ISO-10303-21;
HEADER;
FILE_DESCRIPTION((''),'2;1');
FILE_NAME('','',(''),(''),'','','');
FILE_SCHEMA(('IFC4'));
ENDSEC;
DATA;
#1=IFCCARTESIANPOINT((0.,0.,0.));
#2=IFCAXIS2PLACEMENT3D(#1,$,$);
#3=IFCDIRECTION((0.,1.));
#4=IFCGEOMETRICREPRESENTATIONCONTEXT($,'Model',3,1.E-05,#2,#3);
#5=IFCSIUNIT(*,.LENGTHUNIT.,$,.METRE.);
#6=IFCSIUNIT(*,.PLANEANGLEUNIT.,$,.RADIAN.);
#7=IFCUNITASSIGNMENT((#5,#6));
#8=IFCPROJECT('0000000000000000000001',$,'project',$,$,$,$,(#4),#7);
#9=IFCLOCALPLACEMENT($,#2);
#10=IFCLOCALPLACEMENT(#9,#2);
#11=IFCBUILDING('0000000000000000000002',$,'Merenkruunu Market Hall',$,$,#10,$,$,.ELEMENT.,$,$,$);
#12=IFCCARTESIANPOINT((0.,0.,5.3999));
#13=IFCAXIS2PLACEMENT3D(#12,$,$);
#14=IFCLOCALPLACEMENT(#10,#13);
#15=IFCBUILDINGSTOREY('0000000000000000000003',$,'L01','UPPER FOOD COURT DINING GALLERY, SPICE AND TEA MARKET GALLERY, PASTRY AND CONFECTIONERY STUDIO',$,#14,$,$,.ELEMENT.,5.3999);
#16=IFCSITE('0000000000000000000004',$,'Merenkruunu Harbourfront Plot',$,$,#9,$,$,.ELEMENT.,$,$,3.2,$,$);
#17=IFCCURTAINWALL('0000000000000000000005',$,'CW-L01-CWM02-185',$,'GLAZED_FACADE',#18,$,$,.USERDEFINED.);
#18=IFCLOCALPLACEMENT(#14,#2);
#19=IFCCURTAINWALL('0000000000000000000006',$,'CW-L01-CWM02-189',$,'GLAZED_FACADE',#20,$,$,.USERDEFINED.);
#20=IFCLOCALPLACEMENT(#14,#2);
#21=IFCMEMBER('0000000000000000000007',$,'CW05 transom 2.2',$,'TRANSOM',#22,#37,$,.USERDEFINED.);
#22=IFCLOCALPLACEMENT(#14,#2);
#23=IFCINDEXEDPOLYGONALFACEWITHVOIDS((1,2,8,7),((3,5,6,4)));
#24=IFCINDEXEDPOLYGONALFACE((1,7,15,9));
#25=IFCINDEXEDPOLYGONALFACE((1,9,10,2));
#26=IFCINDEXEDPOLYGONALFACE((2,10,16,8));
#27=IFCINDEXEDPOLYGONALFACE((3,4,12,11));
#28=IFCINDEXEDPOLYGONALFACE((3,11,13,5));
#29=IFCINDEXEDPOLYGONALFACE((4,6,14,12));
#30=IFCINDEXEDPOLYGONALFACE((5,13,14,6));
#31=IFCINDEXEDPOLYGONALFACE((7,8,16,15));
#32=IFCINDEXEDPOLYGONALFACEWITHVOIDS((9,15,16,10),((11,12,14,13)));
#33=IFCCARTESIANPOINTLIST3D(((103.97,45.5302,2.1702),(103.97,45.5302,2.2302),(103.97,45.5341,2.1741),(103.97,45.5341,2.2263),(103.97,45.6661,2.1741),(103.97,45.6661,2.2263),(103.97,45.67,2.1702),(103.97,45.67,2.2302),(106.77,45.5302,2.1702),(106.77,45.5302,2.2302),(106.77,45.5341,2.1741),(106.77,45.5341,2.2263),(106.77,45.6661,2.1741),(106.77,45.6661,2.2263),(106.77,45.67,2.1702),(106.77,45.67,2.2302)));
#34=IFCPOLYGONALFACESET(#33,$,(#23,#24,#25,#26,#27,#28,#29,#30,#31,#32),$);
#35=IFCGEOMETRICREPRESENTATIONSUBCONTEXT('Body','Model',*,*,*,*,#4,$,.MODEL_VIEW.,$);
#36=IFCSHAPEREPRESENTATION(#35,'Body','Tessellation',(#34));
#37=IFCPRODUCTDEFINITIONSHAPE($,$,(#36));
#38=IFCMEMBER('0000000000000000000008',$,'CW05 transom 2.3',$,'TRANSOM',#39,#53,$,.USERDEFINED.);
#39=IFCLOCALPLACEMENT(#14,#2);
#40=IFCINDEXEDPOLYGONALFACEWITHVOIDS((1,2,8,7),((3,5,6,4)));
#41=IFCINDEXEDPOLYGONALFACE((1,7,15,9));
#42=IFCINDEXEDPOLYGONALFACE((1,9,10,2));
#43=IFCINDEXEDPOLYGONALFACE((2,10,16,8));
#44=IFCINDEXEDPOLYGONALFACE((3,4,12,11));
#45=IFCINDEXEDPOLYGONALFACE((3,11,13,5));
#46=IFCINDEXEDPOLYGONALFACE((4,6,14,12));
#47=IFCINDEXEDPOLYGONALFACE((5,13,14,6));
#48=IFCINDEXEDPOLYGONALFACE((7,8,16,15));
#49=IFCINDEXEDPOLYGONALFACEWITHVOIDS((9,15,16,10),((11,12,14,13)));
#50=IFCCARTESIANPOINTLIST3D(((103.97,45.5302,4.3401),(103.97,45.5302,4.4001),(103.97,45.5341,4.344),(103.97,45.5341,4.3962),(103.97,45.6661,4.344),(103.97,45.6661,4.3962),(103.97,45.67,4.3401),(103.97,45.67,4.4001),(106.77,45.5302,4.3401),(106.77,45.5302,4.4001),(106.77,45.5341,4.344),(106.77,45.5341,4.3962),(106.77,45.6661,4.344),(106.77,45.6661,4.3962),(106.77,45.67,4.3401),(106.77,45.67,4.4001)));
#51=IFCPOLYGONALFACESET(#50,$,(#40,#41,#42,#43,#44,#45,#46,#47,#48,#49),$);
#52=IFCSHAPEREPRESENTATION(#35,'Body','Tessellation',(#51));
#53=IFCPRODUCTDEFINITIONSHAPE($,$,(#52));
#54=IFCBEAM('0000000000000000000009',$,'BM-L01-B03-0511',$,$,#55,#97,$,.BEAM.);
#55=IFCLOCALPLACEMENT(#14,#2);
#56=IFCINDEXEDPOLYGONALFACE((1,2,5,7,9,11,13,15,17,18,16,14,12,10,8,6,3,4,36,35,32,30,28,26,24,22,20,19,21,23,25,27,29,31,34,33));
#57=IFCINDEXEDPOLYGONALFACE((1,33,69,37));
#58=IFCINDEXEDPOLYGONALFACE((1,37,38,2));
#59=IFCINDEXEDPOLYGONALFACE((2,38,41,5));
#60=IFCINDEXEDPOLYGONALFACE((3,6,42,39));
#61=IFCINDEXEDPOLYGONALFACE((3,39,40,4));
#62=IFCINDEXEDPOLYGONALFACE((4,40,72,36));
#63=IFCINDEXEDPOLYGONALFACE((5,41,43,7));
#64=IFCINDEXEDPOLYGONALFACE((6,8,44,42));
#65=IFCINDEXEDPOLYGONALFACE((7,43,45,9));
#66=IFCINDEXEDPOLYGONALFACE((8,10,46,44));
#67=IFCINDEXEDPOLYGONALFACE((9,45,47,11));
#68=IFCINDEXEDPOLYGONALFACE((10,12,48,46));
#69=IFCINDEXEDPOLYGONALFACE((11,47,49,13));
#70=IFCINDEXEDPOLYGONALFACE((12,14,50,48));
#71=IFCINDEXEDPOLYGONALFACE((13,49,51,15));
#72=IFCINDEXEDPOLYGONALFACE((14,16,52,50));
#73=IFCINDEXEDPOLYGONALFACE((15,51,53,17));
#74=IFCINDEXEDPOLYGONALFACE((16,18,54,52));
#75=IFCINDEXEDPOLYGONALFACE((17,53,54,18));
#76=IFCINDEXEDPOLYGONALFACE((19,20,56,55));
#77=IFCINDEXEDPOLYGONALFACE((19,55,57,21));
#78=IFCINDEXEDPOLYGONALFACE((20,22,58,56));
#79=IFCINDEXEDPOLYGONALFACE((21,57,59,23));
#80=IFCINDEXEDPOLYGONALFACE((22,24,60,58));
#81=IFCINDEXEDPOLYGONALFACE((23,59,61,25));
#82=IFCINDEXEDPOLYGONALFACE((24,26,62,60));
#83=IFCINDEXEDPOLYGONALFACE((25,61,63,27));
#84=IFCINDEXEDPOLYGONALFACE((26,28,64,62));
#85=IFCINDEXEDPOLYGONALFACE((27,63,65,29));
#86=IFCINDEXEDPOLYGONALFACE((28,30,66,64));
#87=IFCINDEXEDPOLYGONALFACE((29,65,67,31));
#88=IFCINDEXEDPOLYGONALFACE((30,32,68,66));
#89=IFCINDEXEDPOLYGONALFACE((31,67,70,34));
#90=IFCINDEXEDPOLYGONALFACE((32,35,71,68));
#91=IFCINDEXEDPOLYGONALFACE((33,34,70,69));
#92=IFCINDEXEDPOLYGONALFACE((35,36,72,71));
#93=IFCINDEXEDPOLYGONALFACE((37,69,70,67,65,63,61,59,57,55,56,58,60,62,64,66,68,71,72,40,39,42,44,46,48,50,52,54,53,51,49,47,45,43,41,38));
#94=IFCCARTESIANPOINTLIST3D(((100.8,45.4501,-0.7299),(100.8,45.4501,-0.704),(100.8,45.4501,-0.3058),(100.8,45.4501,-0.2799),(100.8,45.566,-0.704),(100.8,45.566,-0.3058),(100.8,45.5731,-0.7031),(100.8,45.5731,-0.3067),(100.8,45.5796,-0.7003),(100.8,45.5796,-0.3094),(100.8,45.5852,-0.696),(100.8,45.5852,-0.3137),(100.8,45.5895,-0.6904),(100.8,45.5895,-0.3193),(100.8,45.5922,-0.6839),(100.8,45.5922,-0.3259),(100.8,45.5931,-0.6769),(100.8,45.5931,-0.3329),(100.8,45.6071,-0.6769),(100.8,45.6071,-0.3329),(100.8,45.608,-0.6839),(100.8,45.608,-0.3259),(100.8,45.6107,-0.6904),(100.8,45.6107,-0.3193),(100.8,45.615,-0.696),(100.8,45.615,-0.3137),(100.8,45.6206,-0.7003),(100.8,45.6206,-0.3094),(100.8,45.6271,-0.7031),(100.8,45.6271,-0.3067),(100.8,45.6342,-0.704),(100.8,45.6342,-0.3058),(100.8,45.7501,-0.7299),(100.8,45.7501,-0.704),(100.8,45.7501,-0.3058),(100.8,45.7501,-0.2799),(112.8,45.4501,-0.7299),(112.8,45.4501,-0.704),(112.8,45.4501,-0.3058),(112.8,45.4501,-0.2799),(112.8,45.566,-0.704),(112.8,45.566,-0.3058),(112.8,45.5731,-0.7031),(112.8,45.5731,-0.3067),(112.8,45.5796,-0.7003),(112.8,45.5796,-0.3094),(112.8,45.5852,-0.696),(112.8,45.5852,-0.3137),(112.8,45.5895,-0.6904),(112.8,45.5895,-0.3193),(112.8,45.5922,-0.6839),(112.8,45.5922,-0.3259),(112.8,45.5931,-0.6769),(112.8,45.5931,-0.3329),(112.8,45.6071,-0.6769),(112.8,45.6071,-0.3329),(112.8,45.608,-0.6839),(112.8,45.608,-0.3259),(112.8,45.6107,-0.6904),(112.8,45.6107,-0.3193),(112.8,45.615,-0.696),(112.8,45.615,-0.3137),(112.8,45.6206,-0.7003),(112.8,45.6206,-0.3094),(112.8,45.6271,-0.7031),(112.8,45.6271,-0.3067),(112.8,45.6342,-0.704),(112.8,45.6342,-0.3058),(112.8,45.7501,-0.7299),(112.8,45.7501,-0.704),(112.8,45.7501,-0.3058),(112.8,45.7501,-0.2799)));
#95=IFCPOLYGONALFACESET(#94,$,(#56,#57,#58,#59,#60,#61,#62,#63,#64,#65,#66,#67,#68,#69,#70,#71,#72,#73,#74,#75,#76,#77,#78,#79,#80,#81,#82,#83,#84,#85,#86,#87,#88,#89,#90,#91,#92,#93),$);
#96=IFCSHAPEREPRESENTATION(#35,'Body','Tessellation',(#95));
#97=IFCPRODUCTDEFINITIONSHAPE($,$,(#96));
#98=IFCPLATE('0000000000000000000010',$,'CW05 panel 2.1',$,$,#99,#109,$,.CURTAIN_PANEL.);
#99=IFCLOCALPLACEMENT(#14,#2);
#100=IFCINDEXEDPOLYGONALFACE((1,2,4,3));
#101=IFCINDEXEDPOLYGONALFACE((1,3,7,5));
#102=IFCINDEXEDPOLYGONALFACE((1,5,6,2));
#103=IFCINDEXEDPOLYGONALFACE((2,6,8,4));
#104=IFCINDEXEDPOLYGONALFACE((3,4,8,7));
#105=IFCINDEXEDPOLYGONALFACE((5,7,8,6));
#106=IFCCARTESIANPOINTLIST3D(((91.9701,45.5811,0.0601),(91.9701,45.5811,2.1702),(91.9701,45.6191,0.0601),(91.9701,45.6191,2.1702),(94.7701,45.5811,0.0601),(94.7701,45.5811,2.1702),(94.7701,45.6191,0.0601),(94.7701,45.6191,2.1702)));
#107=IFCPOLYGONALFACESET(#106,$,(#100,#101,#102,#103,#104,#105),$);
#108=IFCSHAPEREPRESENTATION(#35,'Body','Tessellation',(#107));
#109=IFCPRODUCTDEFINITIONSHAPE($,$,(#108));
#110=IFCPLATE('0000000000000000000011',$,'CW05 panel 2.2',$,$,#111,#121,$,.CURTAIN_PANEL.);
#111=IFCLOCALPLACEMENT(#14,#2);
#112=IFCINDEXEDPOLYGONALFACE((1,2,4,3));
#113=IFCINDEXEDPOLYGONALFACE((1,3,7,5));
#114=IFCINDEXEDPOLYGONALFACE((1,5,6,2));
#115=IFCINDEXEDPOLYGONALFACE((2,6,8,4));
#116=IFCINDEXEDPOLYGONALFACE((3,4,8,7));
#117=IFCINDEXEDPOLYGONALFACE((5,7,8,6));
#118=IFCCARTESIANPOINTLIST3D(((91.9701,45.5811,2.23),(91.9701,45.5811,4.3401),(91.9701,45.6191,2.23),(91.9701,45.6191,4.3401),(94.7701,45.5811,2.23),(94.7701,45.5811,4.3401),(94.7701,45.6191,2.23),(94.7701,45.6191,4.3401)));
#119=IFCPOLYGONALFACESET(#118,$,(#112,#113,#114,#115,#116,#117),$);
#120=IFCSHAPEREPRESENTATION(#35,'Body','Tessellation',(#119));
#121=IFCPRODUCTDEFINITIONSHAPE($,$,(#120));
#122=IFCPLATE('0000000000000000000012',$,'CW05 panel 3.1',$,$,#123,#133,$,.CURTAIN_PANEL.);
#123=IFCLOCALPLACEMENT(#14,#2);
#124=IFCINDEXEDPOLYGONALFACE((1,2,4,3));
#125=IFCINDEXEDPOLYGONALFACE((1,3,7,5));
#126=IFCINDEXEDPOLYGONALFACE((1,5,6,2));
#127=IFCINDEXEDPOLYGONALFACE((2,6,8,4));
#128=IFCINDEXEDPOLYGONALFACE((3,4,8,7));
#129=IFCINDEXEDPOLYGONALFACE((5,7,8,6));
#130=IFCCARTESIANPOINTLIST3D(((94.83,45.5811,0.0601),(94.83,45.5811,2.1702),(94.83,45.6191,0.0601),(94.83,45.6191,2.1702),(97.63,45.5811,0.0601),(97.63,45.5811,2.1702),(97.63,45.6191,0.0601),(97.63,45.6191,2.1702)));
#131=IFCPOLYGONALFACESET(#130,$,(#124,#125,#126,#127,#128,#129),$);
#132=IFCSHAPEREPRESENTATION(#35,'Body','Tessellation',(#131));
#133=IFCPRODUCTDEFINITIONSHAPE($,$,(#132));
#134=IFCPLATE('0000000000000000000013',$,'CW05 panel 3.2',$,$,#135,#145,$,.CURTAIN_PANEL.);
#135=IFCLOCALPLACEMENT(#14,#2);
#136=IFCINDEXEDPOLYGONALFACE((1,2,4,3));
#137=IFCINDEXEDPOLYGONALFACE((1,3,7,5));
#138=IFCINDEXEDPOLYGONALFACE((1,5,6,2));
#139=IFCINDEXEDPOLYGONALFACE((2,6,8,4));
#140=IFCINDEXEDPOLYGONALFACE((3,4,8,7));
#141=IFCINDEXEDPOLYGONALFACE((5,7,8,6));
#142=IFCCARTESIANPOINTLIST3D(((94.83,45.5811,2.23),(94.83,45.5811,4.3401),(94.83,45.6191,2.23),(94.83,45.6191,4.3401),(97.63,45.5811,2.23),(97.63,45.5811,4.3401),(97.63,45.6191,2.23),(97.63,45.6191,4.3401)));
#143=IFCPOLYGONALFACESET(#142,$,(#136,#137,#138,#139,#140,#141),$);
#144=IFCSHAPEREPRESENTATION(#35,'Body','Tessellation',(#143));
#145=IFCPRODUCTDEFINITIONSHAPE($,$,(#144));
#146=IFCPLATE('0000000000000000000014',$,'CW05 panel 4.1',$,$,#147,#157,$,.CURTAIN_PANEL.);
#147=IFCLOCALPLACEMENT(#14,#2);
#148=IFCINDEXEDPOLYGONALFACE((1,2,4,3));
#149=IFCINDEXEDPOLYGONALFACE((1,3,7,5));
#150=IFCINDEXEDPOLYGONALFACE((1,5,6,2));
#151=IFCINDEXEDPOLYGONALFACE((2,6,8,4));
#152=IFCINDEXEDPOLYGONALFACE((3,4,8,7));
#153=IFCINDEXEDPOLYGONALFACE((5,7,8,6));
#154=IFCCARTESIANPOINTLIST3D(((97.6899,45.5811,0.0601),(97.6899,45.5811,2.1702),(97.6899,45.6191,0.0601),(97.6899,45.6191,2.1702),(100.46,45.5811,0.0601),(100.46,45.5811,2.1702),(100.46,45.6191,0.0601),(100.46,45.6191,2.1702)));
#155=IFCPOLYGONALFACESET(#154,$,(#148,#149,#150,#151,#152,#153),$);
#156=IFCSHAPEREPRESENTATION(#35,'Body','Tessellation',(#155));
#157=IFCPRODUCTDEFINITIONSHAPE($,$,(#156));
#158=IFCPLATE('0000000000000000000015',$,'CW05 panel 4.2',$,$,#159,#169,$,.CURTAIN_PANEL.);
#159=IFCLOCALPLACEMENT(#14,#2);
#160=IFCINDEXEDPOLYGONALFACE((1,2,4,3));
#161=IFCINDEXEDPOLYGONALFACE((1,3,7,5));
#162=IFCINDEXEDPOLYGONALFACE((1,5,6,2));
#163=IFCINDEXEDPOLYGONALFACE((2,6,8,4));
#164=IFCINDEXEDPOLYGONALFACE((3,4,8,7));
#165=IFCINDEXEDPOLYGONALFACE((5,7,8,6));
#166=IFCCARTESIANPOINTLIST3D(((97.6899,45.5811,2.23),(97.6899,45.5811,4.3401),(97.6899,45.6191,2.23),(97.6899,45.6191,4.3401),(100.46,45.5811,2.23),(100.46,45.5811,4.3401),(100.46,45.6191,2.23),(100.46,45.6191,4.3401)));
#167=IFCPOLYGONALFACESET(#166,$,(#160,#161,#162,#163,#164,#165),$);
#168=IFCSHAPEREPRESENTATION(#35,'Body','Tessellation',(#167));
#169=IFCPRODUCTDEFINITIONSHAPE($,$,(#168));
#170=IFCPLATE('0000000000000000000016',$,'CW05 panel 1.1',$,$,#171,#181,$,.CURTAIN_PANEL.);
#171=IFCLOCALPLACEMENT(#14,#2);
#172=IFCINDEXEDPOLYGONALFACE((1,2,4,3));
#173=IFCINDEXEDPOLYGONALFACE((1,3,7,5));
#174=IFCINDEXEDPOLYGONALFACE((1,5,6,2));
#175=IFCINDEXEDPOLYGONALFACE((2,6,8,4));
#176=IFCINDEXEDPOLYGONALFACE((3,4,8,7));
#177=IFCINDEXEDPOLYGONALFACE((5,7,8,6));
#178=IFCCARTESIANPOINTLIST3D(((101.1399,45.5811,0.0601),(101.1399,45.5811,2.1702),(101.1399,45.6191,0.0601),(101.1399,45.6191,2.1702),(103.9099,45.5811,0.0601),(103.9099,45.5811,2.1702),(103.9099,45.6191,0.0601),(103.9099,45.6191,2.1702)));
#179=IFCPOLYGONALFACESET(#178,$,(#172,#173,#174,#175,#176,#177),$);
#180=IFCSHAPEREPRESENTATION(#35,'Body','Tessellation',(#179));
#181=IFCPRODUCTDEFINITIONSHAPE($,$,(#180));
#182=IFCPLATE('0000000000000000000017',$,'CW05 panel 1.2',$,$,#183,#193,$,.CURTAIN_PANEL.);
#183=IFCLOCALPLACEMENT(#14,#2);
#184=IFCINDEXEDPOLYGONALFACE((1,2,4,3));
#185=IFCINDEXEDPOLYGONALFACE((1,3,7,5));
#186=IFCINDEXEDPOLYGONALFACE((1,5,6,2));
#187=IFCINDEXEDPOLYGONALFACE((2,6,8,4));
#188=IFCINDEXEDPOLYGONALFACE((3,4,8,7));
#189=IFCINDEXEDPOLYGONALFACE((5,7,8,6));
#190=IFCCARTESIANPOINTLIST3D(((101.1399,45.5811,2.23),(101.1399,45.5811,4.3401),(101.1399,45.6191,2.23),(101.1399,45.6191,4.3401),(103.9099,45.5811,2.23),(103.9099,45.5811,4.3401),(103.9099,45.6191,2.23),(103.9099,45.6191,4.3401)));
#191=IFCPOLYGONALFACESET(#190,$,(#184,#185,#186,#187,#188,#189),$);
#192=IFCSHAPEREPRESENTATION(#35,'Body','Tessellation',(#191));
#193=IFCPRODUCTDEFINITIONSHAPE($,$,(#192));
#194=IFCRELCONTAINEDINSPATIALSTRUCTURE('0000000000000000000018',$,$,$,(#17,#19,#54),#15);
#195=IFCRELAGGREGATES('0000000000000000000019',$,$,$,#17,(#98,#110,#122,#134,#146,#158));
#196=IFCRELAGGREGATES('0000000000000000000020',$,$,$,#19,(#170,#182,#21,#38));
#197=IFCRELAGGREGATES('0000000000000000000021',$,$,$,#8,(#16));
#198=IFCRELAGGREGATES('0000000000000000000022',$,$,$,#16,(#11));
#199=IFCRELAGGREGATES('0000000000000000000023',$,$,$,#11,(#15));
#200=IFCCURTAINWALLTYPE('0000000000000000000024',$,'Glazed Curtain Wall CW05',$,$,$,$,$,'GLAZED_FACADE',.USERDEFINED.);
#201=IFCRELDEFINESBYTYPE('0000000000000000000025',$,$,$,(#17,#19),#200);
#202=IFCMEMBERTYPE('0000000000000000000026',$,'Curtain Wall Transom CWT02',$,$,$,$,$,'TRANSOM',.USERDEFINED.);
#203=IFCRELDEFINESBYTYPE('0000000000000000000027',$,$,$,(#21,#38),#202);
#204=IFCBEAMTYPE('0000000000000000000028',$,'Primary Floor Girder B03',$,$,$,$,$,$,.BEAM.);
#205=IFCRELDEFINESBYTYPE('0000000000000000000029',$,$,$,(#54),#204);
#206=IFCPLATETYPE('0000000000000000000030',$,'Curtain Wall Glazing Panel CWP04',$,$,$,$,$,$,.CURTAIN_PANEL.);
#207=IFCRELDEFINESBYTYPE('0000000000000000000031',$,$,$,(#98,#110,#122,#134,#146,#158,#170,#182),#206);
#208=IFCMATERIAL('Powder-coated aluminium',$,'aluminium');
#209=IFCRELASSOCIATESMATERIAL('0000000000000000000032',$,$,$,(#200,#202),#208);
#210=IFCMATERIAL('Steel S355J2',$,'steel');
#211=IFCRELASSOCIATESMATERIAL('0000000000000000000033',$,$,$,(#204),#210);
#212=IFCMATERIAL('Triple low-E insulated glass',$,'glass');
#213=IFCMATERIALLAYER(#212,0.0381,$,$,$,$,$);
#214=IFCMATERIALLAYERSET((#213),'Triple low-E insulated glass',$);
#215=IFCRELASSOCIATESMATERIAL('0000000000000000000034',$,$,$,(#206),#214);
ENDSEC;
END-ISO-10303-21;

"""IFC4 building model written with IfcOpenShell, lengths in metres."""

from ifc_helpers import new_model, si_unit, direction, frame, origin, origin_2d, place, context, subcontext, project, spatial, rectangle, hollow_rectangle, i_section, extrude, material, layer, layer_set, material_profile, profile_set, type_object, element, aggregate, save


model = new_model("IFC4")

# Units and contexts
model_context = context("Model", 3, precision=1e-05, world=origin(), true_north=direction((0.0, 1.0)))
body_context = subcontext(model_context, "Body", "Model", "MODEL_VIEW")
ifc_project = project(units=[si_unit("LENGTHUNIT", "METRE"), si_unit("PLANEANGLEUNIT", "RADIAN")], contexts=[model_context])

# Site, building, storey
site_placement = place(None, origin())
site = spatial("IfcSite", under=ifc_project, at=site_placement, Name="Merenkruunu Harbourfront Plot", CompositionType="ELEMENT", RefElevation=3.2)
building_placement = place(site_placement, origin())
building = spatial("IfcBuilding", under=site, at=building_placement, Name="Merenkruunu Market Hall", CompositionType="ELEMENT")
storey_placement = place(building_placement, frame((0.0, 0.0, 5.3999)))
storey = spatial("IfcBuildingStorey", under=building, at=storey_placement, Name="L01", Description="UPPER FOOD COURT DINING GALLERY, SPICE AND TEA MARKET GALLERY, PASTRY AND CONFECTIONERY STUDIO", CompositionType="ELEMENT", Elevation=5.3999)

# Shared definitions
ifc_material_1 = material(Name="Steel S355J2", Category="steel")

# Curtain walls
ifc_material_2 = material(Name="Powder-coated aluminium", Category="aluminium")
curtain_wall_type = type_object("IfcCurtainWallType", Name="Glazed Curtain Wall CW05", ElementType="GLAZED_FACADE", PredefinedType="USERDEFINED", material=ifc_material_2)
curtain_wall_1_placement = place(storey_placement, origin())
curtain_wall_1 = element("IfcCurtainWall", 1, at=curtain_wall_1_placement, inside=storey, type_object=curtain_wall_type, Name="CW-L01-CWM02-185", ObjectType="GLAZED_FACADE", PredefinedType="USERDEFINED")
curtain_wall_2_placement = place(storey_placement, origin())
curtain_wall_2 = element("IfcCurtainWall", 2, at=curtain_wall_2_placement, inside=storey, type_object=curtain_wall_type, Name="CW-L01-CWM02-189", ObjectType="GLAZED_FACADE", PredefinedType="USERDEFINED")

# Members
ifc_material_profile_1 = material_profile(ifc_material_2, hollow_rectangle(XDim=0.0601, YDim=0.1399, WallThickness=0.0039, at=origin_2d()), Name="ALU 60x140x4")
ifc_profile_set_1 = profile_set([ifc_material_profile_1], Name="Powder-coated aluminium")
member_type_1 = type_object("IfcMemberType", Name="Curtain Wall Transom CWT02", ElementType="TRANSOM", PredefinedType="USERDEFINED", material=ifc_profile_set_1)
member_1_placement = place(storey_placement, frame((103.97, 45.6001, 2.2002), z_axis=(1.0, 0.0, 0.0), x_axis=(0.0, 0.0, 1.0)))
member_1 = element("IfcMember", 3, at=member_1_placement, type_object=member_type_1, Name="CW05 transom 2.2", ObjectType="TRANSOM", PredefinedType="USERDEFINED", context=body_context, shape_type="SweptSolid", body=[
    extrude(hollow_rectangle(XDim=0.0601, YDim=0.1399, WallThickness=0.0039, at=origin_2d()), origin(), (0.0, 0.0, 1.0), 2.8),
])
member_2_placement = place(storey_placement, frame((103.97, 45.6001, 4.3701), z_axis=(1.0, 0.0, 0.0), x_axis=(0.0, 0.0, 1.0)))
member_2 = element("IfcMember", 4, at=member_2_placement, type_object=member_type_1, Name="CW05 transom 2.3", ObjectType="TRANSOM", PredefinedType="USERDEFINED", context=body_context, shape_type="SweptSolid", body=[
    extrude(hollow_rectangle(XDim=0.0601, YDim=0.1399, WallThickness=0.0039, at=origin_2d()), origin(), (0.0, 0.0, 1.0), 2.8),
])

# Beam
ifc_material_profile_2 = material_profile(ifc_material_1, i_section(OverallWidth=0.3, OverallDepth=0.45, WebThickness=0.0139, FlangeThickness=0.0259, FilletRadius=0.0271, at=origin_2d()), Name="HEB 450")
ifc_profile_set_2 = profile_set([ifc_material_profile_2], Name="Steel S355J2")
beam_type = type_object("IfcBeamType", Name="Primary Floor Girder B03", PredefinedType="BEAM", material=ifc_profile_set_2)
beam_placement = place(storey_placement, frame((100.8, 45.6001, -0.5049), z_axis=(1.0, 0.0, 0.0), x_axis=(0.0, 1.0, 0.0)))
element("IfcBeam", 5, at=beam_placement, inside=storey, type_object=beam_type, Name="BM-L01-B03-0511", PredefinedType="BEAM", context=body_context, shape_type="SweptSolid", body=[
    extrude(i_section(OverallWidth=0.3, OverallDepth=0.45, WebThickness=0.0139, FlangeThickness=0.0259, FilletRadius=0.0271, at=origin_2d()), origin(), (0.0, 0.0, 1.0), 12.0),
])

# Plates
ifc_material_3 = material(Name="Triple low-E insulated glass", Category="glass")
ifc_layer_1 = layer(ifc_material_3, 0.0381)
ifc_layer_set_1 = layer_set([ifc_layer_1], Name="Triple low-E insulated glass")
plate_type = type_object("IfcPlateType", Name="Curtain Wall Glazing Panel CWP04", PredefinedType="CURTAIN_PANEL", material=ifc_layer_set_1)
plate_1_placement = place(storey_placement, frame((93.3701, 45.6001, 0.0601), z_axis=(0.0, 0.0, 1.0), x_axis=(1.0, 0.0, 0.0)))
plate_1 = element("IfcPlate", 6, at=plate_1_placement, type_object=plate_type, Name="CW05 panel 2.1", PredefinedType="CURTAIN_PANEL", context=body_context, shape_type="SweptSolid", body=[
    extrude(rectangle(XDim=2.8, YDim=0.0381, at=origin_2d()), origin(), (0.0, 0.0, 1.0), 2.1101),
])
plate_2_placement = place(storey_placement, frame((93.3701, 45.6001, 2.23), z_axis=(0.0, 0.0, 1.0), x_axis=(1.0, 0.0, 0.0)))
plate_2 = element("IfcPlate", 7, at=plate_2_placement, type_object=plate_type, Name="CW05 panel 2.2", PredefinedType="CURTAIN_PANEL", context=body_context, shape_type="SweptSolid", body=[
    extrude(rectangle(XDim=2.8, YDim=0.0381, at=origin_2d()), origin(), (0.0, 0.0, 1.0), 2.1101),
])
plate_3_placement = place(storey_placement, frame((96.23, 45.6001, 0.0601), z_axis=(0.0, 0.0, 1.0), x_axis=(1.0, 0.0, 0.0)))
plate_3 = element("IfcPlate", 8, at=plate_3_placement, type_object=plate_type, Name="CW05 panel 3.1", PredefinedType="CURTAIN_PANEL", context=body_context, shape_type="SweptSolid", body=[
    extrude(rectangle(XDim=2.8, YDim=0.0381, at=origin_2d()), origin(), (0.0, 0.0, 1.0), 2.1101),
])
plate_4_placement = place(storey_placement, frame((96.23, 45.6001, 2.23), z_axis=(0.0, 0.0, 1.0), x_axis=(1.0, 0.0, 0.0)))
plate_4 = element("IfcPlate", 9, at=plate_4_placement, type_object=plate_type, Name="CW05 panel 3.2", PredefinedType="CURTAIN_PANEL", context=body_context, shape_type="SweptSolid", body=[
    extrude(rectangle(XDim=2.8, YDim=0.0381, at=origin_2d()), origin(), (0.0, 0.0, 1.0), 2.1101),
])
plate_5_placement = place(storey_placement, frame((99.075, 45.6001, 0.0601), z_axis=(0.0, 0.0, 1.0), x_axis=(1.0, 0.0, 0.0)))
plate_5 = element("IfcPlate", 10, at=plate_5_placement, type_object=plate_type, Name="CW05 panel 4.1", PredefinedType="CURTAIN_PANEL", context=body_context, shape_type="SweptSolid", body=[
    extrude(rectangle(XDim=2.77, YDim=0.0381, at=origin_2d()), origin(), (0.0, 0.0, 1.0), 2.1101),
])
plate_6_placement = place(storey_placement, frame((99.075, 45.6001, 2.23), z_axis=(0.0, 0.0, 1.0), x_axis=(1.0, 0.0, 0.0)))
plate_6 = element("IfcPlate", 11, at=plate_6_placement, type_object=plate_type, Name="CW05 panel 4.2", PredefinedType="CURTAIN_PANEL", context=body_context, shape_type="SweptSolid", body=[
    extrude(rectangle(XDim=2.77, YDim=0.0381, at=origin_2d()), origin(), (0.0, 0.0, 1.0), 2.1101),
])
aggregate(curtain_wall_1, [plate_1, plate_2, plate_3, plate_4, plate_5, plate_6])
plate_7_placement = place(storey_placement, frame((102.5249, 45.6001, 0.0601), z_axis=(0.0, 0.0, 1.0), x_axis=(1.0, 0.0, 0.0)))
plate_7 = element("IfcPlate", 12, at=plate_7_placement, type_object=plate_type, Name="CW05 panel 1.1", PredefinedType="CURTAIN_PANEL", context=body_context, shape_type="SweptSolid", body=[
    extrude(rectangle(XDim=2.77, YDim=0.0381, at=origin_2d()), origin(), (0.0, 0.0, 1.0), 2.1101),
])
plate_8_placement = place(storey_placement, frame((102.5249, 45.6001, 2.23), z_axis=(0.0, 0.0, 1.0), x_axis=(1.0, 0.0, 0.0)))
plate_8 = element("IfcPlate", 13, at=plate_8_placement, type_object=plate_type, Name="CW05 panel 1.2", PredefinedType="CURTAIN_PANEL", context=body_context, shape_type="SweptSolid", body=[
    extrude(rectangle(XDim=2.77, YDim=0.0381, at=origin_2d()), origin(), (0.0, 0.0, 1.0), 2.1101),
])
aggregate(curtain_wall_2, [plate_7, plate_8, member_1, member_2])

save(model, "model.ifc")
